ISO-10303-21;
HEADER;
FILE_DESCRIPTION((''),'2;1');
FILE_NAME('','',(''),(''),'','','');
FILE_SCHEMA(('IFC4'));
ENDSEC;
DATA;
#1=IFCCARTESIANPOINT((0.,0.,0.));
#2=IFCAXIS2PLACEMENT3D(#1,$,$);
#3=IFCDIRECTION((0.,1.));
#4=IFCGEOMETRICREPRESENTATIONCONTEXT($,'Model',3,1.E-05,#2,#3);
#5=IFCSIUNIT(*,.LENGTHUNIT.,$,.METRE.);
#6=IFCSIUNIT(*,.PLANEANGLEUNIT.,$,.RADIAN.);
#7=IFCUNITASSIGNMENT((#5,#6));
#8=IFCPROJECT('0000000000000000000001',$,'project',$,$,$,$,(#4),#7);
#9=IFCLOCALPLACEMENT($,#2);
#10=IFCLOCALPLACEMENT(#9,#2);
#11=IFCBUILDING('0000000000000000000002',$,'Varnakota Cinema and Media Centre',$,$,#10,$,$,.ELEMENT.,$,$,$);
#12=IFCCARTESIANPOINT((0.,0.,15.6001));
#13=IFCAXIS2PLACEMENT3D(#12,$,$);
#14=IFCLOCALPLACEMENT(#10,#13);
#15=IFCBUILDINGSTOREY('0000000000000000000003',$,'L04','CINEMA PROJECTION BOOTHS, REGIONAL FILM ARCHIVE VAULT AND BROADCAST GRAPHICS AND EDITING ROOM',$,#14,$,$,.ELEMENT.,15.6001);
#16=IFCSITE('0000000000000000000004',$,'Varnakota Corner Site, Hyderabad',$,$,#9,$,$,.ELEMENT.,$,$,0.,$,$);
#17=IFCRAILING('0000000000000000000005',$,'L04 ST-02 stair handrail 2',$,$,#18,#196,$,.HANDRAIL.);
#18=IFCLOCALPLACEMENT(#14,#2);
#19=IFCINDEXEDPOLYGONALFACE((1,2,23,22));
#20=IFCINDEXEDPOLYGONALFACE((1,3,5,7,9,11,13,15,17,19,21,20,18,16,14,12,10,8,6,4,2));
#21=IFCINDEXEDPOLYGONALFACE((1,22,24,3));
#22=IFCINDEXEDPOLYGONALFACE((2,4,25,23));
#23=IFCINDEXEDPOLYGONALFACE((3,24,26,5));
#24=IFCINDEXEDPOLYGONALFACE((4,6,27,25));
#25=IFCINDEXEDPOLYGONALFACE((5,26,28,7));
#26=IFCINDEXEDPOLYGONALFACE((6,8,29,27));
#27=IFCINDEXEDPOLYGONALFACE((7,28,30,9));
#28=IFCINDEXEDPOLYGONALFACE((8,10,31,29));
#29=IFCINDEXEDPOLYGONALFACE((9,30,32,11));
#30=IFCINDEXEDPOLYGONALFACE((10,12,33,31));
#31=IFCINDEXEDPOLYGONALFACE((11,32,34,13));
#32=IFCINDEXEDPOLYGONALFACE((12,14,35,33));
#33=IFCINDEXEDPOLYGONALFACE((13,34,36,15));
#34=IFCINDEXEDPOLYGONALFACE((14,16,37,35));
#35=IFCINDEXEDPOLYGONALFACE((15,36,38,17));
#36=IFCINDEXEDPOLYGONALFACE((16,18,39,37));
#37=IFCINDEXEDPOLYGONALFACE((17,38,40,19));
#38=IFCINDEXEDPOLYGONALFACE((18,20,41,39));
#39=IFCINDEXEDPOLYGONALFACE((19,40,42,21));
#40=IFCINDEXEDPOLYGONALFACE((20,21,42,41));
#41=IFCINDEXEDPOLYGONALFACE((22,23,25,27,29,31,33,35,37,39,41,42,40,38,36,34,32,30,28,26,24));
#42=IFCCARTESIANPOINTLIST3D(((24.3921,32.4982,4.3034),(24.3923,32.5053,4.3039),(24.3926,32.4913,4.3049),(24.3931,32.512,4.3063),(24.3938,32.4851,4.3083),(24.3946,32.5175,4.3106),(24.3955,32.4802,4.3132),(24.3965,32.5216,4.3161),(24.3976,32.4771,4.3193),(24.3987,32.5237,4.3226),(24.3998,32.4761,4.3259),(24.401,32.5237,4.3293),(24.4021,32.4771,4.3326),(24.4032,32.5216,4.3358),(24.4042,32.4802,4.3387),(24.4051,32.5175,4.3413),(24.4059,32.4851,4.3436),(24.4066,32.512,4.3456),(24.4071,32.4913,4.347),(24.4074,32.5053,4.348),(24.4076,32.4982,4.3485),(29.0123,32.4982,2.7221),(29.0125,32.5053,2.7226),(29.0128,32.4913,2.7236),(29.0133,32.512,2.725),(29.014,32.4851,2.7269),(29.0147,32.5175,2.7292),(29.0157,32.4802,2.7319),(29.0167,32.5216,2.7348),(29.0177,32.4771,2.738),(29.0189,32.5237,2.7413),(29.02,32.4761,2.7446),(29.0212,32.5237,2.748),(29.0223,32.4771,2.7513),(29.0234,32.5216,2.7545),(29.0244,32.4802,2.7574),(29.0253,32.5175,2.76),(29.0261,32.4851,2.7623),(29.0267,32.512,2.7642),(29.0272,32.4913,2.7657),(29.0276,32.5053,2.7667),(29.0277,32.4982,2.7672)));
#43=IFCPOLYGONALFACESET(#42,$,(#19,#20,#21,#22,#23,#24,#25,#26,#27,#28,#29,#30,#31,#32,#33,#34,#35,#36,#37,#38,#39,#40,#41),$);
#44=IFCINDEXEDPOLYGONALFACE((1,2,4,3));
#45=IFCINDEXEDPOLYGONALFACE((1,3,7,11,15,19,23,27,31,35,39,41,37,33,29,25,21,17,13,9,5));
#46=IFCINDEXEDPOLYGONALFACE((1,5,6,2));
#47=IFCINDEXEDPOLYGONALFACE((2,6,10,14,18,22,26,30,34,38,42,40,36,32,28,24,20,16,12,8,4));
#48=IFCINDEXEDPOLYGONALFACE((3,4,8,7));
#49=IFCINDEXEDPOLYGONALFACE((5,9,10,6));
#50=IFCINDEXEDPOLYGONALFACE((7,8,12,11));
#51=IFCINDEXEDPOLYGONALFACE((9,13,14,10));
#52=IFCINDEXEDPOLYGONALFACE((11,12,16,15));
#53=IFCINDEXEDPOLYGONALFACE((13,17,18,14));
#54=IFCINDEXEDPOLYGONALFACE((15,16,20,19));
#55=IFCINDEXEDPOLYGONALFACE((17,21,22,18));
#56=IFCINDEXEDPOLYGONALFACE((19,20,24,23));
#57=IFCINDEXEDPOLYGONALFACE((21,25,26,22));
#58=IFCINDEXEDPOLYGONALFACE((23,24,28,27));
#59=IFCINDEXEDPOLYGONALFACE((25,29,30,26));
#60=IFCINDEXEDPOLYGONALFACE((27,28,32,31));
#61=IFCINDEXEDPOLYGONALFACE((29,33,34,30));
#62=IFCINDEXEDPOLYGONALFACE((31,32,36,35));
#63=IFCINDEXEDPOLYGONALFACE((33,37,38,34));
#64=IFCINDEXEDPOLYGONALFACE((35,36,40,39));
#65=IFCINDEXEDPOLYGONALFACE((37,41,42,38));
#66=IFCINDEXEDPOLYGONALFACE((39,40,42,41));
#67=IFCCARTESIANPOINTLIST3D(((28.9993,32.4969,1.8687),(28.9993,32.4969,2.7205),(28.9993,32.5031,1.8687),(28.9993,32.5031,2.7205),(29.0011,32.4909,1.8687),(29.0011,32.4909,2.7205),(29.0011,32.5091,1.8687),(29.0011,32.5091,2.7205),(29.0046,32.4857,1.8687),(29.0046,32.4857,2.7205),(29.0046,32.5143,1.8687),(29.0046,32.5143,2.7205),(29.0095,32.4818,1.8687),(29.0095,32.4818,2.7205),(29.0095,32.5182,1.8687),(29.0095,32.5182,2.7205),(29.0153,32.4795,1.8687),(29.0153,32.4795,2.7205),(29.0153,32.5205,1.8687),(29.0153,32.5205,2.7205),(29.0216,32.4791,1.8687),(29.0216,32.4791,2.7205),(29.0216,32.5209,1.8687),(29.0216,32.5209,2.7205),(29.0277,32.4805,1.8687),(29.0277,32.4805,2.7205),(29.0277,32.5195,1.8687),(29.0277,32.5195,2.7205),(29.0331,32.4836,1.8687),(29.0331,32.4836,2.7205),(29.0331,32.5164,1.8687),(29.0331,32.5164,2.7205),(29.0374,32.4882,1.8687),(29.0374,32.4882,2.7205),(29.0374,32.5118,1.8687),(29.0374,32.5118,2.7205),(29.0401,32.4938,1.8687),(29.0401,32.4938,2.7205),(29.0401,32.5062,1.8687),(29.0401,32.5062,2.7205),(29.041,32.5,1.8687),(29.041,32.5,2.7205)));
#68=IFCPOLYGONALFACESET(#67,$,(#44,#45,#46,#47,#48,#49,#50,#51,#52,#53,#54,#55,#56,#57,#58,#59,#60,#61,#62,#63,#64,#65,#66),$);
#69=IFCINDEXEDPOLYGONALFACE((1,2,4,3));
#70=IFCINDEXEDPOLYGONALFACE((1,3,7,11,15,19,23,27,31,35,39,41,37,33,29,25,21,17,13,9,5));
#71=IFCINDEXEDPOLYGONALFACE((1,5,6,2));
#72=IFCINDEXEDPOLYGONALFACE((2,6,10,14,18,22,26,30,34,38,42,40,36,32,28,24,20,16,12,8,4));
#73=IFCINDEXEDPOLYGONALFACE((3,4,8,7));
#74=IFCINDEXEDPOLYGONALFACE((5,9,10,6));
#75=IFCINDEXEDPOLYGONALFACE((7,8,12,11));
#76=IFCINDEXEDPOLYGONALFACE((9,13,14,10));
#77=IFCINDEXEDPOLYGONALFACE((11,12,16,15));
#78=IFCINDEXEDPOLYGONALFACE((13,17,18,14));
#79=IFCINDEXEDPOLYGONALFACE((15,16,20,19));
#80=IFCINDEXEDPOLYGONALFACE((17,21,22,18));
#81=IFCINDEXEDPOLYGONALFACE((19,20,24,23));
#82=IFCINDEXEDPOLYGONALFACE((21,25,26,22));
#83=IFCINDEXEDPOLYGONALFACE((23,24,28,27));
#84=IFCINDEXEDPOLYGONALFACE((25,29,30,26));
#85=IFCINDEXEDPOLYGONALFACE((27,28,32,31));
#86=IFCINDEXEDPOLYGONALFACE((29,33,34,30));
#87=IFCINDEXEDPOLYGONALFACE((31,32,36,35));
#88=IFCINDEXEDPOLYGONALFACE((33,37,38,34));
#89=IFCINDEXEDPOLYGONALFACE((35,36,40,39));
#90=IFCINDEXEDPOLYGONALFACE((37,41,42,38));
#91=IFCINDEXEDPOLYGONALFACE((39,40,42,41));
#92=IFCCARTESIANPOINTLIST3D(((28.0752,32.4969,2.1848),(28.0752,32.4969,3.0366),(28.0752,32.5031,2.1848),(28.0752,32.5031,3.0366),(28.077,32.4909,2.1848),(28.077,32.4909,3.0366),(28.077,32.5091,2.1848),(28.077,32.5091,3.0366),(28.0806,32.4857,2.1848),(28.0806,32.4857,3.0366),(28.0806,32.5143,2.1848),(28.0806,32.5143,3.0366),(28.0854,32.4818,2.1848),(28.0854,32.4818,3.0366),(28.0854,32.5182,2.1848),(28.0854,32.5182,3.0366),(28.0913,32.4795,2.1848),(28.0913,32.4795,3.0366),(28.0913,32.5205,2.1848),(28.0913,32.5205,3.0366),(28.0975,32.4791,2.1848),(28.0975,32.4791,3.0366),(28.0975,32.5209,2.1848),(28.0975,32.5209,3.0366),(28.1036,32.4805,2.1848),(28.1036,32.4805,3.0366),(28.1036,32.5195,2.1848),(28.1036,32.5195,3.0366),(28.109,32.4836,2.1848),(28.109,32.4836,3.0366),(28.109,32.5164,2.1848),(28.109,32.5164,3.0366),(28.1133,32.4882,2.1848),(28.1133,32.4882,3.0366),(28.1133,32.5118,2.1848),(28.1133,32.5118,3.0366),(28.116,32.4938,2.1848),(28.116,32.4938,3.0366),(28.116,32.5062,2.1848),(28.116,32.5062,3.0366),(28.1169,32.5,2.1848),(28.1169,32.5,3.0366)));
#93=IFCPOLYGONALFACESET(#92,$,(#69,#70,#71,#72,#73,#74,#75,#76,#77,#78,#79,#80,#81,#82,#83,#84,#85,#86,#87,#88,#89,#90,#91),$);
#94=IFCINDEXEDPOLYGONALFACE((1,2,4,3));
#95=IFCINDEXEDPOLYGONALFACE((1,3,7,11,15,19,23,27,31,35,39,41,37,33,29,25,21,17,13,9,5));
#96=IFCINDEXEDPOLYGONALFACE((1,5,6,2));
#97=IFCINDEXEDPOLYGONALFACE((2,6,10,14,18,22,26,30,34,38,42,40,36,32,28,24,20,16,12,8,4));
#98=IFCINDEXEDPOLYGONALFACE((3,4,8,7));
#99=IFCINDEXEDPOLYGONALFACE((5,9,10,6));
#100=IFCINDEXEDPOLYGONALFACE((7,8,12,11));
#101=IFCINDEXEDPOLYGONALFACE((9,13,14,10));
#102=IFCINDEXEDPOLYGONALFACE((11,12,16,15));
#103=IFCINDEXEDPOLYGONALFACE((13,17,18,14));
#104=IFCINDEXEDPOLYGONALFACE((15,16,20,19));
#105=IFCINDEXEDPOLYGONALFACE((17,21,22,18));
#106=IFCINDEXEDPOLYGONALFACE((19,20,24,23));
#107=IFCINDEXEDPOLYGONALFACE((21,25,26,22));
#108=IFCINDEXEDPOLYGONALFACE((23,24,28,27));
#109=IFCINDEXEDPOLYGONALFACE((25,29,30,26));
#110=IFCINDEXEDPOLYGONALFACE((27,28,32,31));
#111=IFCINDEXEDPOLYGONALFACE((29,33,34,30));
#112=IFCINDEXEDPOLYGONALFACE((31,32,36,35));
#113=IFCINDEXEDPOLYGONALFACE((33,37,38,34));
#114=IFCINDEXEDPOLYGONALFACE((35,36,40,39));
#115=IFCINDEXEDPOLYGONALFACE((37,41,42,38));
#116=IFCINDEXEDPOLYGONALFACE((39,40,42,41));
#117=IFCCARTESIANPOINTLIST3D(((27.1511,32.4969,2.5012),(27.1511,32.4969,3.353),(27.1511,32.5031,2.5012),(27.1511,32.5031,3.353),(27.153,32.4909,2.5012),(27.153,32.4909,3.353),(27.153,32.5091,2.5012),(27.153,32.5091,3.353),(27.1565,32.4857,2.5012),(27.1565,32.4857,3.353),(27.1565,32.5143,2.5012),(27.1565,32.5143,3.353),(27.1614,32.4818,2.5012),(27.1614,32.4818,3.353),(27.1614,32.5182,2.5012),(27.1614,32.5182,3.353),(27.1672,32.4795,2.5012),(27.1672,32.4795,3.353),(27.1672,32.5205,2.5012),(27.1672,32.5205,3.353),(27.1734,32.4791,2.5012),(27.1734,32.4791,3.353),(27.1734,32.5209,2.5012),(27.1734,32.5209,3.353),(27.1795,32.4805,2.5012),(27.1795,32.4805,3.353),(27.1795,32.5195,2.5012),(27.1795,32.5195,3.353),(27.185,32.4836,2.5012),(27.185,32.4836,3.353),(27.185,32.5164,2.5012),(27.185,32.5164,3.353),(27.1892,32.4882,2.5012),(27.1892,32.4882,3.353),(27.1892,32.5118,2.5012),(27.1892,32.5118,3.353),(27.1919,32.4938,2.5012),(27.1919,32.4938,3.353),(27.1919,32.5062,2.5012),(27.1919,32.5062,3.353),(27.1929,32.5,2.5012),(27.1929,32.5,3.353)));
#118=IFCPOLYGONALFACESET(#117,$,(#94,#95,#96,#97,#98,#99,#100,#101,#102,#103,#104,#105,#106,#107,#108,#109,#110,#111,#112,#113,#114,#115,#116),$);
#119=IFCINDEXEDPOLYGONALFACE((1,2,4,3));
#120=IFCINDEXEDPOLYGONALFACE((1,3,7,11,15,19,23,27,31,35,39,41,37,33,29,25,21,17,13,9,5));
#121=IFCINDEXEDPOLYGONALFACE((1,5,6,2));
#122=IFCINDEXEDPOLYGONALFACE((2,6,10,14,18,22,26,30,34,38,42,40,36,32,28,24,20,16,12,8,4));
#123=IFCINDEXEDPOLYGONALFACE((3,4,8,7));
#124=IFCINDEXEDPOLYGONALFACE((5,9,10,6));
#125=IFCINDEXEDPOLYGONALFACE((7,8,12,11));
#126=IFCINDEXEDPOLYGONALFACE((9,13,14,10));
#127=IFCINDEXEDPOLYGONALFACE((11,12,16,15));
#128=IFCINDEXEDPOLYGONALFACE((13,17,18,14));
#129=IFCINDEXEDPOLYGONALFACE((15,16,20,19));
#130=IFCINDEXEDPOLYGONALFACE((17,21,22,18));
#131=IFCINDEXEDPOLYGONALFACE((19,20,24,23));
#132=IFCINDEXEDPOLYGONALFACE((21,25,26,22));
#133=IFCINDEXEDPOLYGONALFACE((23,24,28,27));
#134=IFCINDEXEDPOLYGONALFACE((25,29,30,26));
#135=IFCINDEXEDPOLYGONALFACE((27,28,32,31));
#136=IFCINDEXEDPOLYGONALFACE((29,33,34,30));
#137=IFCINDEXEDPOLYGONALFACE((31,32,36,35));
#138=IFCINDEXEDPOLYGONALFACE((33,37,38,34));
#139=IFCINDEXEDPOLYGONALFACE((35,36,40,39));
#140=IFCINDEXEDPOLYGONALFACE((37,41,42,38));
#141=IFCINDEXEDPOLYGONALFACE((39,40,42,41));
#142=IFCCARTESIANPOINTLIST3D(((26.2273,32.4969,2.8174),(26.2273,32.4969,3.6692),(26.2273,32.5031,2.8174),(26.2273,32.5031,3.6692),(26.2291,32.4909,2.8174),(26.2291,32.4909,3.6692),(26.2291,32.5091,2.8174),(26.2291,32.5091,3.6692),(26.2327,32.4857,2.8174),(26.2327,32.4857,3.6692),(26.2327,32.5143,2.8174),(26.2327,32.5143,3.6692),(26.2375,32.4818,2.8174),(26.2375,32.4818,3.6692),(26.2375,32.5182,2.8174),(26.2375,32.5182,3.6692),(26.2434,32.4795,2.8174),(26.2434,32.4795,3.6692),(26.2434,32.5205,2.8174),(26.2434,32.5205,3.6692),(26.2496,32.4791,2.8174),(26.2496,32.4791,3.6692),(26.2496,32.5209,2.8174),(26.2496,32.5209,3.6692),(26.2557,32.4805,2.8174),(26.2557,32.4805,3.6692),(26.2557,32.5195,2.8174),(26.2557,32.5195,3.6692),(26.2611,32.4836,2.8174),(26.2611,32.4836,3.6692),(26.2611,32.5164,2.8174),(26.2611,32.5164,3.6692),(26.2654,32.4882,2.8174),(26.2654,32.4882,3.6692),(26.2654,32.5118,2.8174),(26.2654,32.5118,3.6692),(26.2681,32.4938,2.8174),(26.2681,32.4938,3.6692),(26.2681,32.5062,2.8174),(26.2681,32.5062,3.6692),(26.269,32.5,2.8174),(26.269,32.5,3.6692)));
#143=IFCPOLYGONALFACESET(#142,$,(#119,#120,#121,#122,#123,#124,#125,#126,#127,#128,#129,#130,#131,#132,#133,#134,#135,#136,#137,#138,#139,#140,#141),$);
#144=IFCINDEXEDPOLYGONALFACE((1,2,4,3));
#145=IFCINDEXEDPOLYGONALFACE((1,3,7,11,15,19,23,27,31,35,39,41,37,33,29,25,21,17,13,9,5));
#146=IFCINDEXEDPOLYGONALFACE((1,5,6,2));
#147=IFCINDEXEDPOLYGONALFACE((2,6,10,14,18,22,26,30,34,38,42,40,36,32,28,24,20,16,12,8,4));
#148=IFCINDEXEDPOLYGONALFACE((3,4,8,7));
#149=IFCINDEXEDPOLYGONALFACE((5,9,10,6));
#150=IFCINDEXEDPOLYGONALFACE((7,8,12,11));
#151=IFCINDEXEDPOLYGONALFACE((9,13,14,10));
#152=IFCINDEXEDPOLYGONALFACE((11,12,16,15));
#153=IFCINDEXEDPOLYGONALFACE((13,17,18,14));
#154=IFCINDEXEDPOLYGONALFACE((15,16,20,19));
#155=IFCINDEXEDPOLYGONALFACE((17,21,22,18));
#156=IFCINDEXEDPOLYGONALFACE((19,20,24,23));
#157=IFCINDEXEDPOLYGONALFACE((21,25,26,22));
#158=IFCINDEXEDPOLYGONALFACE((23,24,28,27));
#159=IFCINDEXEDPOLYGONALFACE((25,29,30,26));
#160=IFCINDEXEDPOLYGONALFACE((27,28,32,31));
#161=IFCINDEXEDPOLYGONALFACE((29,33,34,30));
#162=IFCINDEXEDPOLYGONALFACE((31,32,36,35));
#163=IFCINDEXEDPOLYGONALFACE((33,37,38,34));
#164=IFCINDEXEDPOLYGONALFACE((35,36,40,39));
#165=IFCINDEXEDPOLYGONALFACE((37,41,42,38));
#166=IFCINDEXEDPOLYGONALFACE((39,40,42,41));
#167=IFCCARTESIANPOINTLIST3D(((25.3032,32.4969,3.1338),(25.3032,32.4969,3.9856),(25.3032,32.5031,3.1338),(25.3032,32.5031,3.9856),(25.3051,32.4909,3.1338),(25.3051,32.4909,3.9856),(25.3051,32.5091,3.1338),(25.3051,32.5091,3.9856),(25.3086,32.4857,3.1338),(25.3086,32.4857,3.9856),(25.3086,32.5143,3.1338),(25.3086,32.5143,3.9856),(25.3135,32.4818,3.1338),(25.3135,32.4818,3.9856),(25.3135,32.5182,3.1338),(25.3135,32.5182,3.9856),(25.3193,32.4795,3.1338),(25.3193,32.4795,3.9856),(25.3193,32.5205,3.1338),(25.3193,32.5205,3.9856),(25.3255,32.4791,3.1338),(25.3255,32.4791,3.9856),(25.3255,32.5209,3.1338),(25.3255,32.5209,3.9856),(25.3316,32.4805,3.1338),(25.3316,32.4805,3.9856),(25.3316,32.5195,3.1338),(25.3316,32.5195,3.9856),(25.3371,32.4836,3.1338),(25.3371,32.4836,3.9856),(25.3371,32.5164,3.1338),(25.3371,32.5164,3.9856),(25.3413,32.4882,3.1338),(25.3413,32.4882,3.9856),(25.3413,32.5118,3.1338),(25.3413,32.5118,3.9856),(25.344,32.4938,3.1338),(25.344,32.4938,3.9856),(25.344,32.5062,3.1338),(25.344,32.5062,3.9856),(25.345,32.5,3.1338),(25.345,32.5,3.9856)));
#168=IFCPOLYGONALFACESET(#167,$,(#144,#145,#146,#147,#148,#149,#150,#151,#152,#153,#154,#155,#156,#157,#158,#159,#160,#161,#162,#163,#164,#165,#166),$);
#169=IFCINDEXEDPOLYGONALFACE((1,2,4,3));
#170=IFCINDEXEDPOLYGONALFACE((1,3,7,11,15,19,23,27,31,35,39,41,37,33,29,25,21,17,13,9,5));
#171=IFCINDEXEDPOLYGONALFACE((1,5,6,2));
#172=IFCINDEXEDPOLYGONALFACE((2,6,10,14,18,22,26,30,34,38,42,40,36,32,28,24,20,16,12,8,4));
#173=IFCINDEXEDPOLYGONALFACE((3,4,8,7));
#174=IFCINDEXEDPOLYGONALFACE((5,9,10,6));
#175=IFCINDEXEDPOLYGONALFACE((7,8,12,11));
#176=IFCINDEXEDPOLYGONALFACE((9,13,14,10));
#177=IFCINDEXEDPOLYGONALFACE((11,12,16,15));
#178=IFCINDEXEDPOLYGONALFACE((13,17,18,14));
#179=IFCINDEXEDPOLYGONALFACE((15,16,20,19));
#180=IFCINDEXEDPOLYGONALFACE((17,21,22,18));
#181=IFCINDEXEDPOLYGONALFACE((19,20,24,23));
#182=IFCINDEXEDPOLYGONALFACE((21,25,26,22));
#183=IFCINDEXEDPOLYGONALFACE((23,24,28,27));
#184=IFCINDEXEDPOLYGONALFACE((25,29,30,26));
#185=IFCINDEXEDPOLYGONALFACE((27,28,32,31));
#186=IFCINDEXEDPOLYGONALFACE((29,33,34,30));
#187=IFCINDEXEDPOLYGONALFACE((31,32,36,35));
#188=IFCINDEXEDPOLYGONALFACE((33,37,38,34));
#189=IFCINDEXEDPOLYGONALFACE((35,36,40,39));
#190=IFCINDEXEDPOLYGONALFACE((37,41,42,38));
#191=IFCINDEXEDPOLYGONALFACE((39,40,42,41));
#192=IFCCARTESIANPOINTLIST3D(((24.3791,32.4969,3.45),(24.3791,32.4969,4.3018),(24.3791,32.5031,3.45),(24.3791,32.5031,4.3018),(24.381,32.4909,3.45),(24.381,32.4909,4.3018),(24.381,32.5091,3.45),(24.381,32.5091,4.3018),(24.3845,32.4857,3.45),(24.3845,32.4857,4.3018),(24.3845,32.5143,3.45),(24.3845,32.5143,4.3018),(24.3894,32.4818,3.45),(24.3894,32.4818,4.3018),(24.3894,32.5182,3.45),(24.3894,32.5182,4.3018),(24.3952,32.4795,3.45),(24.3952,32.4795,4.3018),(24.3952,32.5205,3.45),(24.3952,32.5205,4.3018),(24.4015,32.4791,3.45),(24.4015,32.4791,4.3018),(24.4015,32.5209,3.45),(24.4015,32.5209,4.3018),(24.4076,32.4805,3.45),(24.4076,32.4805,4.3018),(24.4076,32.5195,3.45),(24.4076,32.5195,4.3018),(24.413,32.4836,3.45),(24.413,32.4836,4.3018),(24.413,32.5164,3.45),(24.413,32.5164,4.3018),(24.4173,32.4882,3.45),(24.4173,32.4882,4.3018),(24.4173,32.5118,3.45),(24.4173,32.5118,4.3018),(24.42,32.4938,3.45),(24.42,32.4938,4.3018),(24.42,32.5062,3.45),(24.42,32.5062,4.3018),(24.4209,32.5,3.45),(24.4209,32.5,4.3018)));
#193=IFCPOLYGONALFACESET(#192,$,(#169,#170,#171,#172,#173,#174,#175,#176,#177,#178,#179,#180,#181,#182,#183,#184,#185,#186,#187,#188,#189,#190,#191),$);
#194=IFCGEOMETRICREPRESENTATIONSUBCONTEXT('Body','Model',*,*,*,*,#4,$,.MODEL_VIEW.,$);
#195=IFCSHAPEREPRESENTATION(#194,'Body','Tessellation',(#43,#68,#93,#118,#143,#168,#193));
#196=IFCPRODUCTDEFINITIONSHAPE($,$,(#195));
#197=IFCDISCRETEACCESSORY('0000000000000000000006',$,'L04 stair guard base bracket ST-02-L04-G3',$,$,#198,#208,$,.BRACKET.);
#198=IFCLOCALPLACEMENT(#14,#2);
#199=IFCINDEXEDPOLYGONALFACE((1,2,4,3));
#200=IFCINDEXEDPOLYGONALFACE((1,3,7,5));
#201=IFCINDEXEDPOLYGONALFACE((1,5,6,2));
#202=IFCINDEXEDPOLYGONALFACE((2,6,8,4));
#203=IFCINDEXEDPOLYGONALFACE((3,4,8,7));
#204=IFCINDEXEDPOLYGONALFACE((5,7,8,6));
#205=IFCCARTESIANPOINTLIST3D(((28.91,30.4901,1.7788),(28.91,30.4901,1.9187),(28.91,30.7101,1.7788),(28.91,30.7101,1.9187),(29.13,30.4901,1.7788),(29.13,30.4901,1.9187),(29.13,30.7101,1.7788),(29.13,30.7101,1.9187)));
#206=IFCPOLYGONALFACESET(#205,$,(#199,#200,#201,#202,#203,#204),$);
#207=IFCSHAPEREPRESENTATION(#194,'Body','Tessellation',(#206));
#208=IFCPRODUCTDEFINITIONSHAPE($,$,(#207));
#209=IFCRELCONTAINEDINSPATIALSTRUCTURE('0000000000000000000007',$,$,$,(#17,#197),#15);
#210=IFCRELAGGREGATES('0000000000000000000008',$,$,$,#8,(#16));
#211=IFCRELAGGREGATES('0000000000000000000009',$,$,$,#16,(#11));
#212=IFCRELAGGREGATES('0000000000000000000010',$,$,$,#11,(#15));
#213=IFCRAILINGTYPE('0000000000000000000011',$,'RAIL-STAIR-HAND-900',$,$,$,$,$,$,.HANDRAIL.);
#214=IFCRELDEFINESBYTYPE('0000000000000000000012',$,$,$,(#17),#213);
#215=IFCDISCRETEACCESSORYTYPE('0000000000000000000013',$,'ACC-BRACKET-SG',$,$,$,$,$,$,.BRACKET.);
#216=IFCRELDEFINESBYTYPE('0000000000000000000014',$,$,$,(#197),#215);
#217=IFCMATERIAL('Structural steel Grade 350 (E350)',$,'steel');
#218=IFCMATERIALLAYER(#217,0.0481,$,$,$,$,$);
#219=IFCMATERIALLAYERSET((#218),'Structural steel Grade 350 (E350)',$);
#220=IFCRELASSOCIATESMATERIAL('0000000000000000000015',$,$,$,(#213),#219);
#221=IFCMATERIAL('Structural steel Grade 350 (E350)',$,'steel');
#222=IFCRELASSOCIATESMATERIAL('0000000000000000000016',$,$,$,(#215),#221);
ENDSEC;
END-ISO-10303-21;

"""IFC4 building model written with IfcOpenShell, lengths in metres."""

from ifc_helpers import new_model, si_unit, direction, frame, origin, origin_2d, place, context, subcontext, project, spatial, rectangle, circle, extrude, material, layer, layer_set, type_object, element, save


model = new_model("IFC4")

# Units and contexts
model_context = context("Model", 3, precision=1e-05, world=origin(), true_north=direction((0.0, 1.0)))
body_context = subcontext(model_context, "Body", "Model", "MODEL_VIEW")
ifc_project = project(units=[si_unit("LENGTHUNIT", "METRE"), si_unit("PLANEANGLEUNIT", "RADIAN")], contexts=[model_context])

# Site, building, storey
site_placement = place(None, origin())
site = spatial("IfcSite", under=ifc_project, at=site_placement, Name="Varnakota Corner Site, Hyderabad", CompositionType="ELEMENT", RefElevation=0.0)
building_placement = place(site_placement, origin())
building = spatial("IfcBuilding", under=site, at=building_placement, Name="Varnakota Cinema and Media Centre", CompositionType="ELEMENT")
storey_placement = place(building_placement, frame((0.0, 0.0, 15.6001)))
storey = spatial("IfcBuildingStorey", under=building, at=storey_placement, Name="L04", Description="CINEMA PROJECTION BOOTHS, REGIONAL FILM ARCHIVE VAULT AND BROADCAST GRAPHICS AND EDITING ROOM", CompositionType="ELEMENT", Elevation=15.6001)

# Railing
ifc_material_1 = material(Name="Structural steel Grade 350 (E350)", Category="steel")
ifc_layer_1 = layer(ifc_material_1, 0.0481)
ifc_layer_set_1 = layer_set([ifc_layer_1], Name="Structural steel Grade 350 (E350)")
railing_type_1 = type_object("IfcRailingType", Name="RAIL-STAIR-HAND-900", PredefinedType="HANDRAIL", material=ifc_layer_set_1)
railing_1_placement = place(storey_placement, frame((29.02, 32.5, 1.8687)))
element("IfcRailing", 1, at=railing_1_placement, inside=storey, type_object=railing_type_1, Name="L04 ST-02 stair handrail 2", PredefinedType="HANDRAIL", context=body_context, shape_type="SweptSolid", body=[
    extrude(circle(Radius=0.0239, at=origin_2d()), frame((0.0, 0.0, 0.876), z_axis=(-0.946118, 0.0, 0.323822), x_axis=(0.0, -1.0, 0.0)), (0.0, 0.0, 1.0), 4.8833),
    extrude(circle(Radius=0.021, at=origin_2d()), origin(), (0.0, 0.0, 1.0), 0.8518),
    extrude(circle(Radius=0.021, at=origin_2d()), frame((-0.9241, 0.0, 0.3162)), (0.0, 0.0, 1.0), 0.8518),
    extrude(circle(Radius=0.021, at=origin_2d()), frame((-1.8481, 0.0, 0.6326)), (0.0, 0.0, 1.0), 0.8518),
    extrude(circle(Radius=0.021, at=origin_2d()), frame((-2.772, 0.0, 0.9487)), (0.0, 0.0, 1.0), 0.8518),
    extrude(circle(Radius=0.021, at=origin_2d()), frame((-3.696, 0.0, 1.2651)), (0.0, 0.0, 1.0), 0.8518),
    extrude(circle(Radius=0.021, at=origin_2d()), frame((-4.6201, 0.0, 1.5813)), (0.0, 0.0, 1.0), 0.8518),
])

# Discrete accessory
ifc_material_2 = material(Name="Structural steel Grade 350 (E350)", Category="steel")
discrete_accessory_type = type_object("IfcDiscreteAccessoryType", Name="ACC-BRACKET-SG", PredefinedType="BRACKET", material=ifc_material_2)
discrete_accessory_placement = place(storey_placement, frame((29.02, 30.6001, 1.7788), z_axis=(0.0, 0.0, 1.0), x_axis=(1.0, 0.0, 0.0)))
element("IfcDiscreteAccessory", 2, at=discrete_accessory_placement, inside=storey, type_object=discrete_accessory_type, Name="L04 stair guard base bracket ST-02-L04-G3", PredefinedType="BRACKET", context=body_context, shape_type="SweptSolid", body=[
    extrude(rectangle(XDim=0.22, YDim=0.22, at=origin_2d()), origin(), (0.0, 0.0, 1.0), 0.1399),
])

save(model, "model.ifc")
